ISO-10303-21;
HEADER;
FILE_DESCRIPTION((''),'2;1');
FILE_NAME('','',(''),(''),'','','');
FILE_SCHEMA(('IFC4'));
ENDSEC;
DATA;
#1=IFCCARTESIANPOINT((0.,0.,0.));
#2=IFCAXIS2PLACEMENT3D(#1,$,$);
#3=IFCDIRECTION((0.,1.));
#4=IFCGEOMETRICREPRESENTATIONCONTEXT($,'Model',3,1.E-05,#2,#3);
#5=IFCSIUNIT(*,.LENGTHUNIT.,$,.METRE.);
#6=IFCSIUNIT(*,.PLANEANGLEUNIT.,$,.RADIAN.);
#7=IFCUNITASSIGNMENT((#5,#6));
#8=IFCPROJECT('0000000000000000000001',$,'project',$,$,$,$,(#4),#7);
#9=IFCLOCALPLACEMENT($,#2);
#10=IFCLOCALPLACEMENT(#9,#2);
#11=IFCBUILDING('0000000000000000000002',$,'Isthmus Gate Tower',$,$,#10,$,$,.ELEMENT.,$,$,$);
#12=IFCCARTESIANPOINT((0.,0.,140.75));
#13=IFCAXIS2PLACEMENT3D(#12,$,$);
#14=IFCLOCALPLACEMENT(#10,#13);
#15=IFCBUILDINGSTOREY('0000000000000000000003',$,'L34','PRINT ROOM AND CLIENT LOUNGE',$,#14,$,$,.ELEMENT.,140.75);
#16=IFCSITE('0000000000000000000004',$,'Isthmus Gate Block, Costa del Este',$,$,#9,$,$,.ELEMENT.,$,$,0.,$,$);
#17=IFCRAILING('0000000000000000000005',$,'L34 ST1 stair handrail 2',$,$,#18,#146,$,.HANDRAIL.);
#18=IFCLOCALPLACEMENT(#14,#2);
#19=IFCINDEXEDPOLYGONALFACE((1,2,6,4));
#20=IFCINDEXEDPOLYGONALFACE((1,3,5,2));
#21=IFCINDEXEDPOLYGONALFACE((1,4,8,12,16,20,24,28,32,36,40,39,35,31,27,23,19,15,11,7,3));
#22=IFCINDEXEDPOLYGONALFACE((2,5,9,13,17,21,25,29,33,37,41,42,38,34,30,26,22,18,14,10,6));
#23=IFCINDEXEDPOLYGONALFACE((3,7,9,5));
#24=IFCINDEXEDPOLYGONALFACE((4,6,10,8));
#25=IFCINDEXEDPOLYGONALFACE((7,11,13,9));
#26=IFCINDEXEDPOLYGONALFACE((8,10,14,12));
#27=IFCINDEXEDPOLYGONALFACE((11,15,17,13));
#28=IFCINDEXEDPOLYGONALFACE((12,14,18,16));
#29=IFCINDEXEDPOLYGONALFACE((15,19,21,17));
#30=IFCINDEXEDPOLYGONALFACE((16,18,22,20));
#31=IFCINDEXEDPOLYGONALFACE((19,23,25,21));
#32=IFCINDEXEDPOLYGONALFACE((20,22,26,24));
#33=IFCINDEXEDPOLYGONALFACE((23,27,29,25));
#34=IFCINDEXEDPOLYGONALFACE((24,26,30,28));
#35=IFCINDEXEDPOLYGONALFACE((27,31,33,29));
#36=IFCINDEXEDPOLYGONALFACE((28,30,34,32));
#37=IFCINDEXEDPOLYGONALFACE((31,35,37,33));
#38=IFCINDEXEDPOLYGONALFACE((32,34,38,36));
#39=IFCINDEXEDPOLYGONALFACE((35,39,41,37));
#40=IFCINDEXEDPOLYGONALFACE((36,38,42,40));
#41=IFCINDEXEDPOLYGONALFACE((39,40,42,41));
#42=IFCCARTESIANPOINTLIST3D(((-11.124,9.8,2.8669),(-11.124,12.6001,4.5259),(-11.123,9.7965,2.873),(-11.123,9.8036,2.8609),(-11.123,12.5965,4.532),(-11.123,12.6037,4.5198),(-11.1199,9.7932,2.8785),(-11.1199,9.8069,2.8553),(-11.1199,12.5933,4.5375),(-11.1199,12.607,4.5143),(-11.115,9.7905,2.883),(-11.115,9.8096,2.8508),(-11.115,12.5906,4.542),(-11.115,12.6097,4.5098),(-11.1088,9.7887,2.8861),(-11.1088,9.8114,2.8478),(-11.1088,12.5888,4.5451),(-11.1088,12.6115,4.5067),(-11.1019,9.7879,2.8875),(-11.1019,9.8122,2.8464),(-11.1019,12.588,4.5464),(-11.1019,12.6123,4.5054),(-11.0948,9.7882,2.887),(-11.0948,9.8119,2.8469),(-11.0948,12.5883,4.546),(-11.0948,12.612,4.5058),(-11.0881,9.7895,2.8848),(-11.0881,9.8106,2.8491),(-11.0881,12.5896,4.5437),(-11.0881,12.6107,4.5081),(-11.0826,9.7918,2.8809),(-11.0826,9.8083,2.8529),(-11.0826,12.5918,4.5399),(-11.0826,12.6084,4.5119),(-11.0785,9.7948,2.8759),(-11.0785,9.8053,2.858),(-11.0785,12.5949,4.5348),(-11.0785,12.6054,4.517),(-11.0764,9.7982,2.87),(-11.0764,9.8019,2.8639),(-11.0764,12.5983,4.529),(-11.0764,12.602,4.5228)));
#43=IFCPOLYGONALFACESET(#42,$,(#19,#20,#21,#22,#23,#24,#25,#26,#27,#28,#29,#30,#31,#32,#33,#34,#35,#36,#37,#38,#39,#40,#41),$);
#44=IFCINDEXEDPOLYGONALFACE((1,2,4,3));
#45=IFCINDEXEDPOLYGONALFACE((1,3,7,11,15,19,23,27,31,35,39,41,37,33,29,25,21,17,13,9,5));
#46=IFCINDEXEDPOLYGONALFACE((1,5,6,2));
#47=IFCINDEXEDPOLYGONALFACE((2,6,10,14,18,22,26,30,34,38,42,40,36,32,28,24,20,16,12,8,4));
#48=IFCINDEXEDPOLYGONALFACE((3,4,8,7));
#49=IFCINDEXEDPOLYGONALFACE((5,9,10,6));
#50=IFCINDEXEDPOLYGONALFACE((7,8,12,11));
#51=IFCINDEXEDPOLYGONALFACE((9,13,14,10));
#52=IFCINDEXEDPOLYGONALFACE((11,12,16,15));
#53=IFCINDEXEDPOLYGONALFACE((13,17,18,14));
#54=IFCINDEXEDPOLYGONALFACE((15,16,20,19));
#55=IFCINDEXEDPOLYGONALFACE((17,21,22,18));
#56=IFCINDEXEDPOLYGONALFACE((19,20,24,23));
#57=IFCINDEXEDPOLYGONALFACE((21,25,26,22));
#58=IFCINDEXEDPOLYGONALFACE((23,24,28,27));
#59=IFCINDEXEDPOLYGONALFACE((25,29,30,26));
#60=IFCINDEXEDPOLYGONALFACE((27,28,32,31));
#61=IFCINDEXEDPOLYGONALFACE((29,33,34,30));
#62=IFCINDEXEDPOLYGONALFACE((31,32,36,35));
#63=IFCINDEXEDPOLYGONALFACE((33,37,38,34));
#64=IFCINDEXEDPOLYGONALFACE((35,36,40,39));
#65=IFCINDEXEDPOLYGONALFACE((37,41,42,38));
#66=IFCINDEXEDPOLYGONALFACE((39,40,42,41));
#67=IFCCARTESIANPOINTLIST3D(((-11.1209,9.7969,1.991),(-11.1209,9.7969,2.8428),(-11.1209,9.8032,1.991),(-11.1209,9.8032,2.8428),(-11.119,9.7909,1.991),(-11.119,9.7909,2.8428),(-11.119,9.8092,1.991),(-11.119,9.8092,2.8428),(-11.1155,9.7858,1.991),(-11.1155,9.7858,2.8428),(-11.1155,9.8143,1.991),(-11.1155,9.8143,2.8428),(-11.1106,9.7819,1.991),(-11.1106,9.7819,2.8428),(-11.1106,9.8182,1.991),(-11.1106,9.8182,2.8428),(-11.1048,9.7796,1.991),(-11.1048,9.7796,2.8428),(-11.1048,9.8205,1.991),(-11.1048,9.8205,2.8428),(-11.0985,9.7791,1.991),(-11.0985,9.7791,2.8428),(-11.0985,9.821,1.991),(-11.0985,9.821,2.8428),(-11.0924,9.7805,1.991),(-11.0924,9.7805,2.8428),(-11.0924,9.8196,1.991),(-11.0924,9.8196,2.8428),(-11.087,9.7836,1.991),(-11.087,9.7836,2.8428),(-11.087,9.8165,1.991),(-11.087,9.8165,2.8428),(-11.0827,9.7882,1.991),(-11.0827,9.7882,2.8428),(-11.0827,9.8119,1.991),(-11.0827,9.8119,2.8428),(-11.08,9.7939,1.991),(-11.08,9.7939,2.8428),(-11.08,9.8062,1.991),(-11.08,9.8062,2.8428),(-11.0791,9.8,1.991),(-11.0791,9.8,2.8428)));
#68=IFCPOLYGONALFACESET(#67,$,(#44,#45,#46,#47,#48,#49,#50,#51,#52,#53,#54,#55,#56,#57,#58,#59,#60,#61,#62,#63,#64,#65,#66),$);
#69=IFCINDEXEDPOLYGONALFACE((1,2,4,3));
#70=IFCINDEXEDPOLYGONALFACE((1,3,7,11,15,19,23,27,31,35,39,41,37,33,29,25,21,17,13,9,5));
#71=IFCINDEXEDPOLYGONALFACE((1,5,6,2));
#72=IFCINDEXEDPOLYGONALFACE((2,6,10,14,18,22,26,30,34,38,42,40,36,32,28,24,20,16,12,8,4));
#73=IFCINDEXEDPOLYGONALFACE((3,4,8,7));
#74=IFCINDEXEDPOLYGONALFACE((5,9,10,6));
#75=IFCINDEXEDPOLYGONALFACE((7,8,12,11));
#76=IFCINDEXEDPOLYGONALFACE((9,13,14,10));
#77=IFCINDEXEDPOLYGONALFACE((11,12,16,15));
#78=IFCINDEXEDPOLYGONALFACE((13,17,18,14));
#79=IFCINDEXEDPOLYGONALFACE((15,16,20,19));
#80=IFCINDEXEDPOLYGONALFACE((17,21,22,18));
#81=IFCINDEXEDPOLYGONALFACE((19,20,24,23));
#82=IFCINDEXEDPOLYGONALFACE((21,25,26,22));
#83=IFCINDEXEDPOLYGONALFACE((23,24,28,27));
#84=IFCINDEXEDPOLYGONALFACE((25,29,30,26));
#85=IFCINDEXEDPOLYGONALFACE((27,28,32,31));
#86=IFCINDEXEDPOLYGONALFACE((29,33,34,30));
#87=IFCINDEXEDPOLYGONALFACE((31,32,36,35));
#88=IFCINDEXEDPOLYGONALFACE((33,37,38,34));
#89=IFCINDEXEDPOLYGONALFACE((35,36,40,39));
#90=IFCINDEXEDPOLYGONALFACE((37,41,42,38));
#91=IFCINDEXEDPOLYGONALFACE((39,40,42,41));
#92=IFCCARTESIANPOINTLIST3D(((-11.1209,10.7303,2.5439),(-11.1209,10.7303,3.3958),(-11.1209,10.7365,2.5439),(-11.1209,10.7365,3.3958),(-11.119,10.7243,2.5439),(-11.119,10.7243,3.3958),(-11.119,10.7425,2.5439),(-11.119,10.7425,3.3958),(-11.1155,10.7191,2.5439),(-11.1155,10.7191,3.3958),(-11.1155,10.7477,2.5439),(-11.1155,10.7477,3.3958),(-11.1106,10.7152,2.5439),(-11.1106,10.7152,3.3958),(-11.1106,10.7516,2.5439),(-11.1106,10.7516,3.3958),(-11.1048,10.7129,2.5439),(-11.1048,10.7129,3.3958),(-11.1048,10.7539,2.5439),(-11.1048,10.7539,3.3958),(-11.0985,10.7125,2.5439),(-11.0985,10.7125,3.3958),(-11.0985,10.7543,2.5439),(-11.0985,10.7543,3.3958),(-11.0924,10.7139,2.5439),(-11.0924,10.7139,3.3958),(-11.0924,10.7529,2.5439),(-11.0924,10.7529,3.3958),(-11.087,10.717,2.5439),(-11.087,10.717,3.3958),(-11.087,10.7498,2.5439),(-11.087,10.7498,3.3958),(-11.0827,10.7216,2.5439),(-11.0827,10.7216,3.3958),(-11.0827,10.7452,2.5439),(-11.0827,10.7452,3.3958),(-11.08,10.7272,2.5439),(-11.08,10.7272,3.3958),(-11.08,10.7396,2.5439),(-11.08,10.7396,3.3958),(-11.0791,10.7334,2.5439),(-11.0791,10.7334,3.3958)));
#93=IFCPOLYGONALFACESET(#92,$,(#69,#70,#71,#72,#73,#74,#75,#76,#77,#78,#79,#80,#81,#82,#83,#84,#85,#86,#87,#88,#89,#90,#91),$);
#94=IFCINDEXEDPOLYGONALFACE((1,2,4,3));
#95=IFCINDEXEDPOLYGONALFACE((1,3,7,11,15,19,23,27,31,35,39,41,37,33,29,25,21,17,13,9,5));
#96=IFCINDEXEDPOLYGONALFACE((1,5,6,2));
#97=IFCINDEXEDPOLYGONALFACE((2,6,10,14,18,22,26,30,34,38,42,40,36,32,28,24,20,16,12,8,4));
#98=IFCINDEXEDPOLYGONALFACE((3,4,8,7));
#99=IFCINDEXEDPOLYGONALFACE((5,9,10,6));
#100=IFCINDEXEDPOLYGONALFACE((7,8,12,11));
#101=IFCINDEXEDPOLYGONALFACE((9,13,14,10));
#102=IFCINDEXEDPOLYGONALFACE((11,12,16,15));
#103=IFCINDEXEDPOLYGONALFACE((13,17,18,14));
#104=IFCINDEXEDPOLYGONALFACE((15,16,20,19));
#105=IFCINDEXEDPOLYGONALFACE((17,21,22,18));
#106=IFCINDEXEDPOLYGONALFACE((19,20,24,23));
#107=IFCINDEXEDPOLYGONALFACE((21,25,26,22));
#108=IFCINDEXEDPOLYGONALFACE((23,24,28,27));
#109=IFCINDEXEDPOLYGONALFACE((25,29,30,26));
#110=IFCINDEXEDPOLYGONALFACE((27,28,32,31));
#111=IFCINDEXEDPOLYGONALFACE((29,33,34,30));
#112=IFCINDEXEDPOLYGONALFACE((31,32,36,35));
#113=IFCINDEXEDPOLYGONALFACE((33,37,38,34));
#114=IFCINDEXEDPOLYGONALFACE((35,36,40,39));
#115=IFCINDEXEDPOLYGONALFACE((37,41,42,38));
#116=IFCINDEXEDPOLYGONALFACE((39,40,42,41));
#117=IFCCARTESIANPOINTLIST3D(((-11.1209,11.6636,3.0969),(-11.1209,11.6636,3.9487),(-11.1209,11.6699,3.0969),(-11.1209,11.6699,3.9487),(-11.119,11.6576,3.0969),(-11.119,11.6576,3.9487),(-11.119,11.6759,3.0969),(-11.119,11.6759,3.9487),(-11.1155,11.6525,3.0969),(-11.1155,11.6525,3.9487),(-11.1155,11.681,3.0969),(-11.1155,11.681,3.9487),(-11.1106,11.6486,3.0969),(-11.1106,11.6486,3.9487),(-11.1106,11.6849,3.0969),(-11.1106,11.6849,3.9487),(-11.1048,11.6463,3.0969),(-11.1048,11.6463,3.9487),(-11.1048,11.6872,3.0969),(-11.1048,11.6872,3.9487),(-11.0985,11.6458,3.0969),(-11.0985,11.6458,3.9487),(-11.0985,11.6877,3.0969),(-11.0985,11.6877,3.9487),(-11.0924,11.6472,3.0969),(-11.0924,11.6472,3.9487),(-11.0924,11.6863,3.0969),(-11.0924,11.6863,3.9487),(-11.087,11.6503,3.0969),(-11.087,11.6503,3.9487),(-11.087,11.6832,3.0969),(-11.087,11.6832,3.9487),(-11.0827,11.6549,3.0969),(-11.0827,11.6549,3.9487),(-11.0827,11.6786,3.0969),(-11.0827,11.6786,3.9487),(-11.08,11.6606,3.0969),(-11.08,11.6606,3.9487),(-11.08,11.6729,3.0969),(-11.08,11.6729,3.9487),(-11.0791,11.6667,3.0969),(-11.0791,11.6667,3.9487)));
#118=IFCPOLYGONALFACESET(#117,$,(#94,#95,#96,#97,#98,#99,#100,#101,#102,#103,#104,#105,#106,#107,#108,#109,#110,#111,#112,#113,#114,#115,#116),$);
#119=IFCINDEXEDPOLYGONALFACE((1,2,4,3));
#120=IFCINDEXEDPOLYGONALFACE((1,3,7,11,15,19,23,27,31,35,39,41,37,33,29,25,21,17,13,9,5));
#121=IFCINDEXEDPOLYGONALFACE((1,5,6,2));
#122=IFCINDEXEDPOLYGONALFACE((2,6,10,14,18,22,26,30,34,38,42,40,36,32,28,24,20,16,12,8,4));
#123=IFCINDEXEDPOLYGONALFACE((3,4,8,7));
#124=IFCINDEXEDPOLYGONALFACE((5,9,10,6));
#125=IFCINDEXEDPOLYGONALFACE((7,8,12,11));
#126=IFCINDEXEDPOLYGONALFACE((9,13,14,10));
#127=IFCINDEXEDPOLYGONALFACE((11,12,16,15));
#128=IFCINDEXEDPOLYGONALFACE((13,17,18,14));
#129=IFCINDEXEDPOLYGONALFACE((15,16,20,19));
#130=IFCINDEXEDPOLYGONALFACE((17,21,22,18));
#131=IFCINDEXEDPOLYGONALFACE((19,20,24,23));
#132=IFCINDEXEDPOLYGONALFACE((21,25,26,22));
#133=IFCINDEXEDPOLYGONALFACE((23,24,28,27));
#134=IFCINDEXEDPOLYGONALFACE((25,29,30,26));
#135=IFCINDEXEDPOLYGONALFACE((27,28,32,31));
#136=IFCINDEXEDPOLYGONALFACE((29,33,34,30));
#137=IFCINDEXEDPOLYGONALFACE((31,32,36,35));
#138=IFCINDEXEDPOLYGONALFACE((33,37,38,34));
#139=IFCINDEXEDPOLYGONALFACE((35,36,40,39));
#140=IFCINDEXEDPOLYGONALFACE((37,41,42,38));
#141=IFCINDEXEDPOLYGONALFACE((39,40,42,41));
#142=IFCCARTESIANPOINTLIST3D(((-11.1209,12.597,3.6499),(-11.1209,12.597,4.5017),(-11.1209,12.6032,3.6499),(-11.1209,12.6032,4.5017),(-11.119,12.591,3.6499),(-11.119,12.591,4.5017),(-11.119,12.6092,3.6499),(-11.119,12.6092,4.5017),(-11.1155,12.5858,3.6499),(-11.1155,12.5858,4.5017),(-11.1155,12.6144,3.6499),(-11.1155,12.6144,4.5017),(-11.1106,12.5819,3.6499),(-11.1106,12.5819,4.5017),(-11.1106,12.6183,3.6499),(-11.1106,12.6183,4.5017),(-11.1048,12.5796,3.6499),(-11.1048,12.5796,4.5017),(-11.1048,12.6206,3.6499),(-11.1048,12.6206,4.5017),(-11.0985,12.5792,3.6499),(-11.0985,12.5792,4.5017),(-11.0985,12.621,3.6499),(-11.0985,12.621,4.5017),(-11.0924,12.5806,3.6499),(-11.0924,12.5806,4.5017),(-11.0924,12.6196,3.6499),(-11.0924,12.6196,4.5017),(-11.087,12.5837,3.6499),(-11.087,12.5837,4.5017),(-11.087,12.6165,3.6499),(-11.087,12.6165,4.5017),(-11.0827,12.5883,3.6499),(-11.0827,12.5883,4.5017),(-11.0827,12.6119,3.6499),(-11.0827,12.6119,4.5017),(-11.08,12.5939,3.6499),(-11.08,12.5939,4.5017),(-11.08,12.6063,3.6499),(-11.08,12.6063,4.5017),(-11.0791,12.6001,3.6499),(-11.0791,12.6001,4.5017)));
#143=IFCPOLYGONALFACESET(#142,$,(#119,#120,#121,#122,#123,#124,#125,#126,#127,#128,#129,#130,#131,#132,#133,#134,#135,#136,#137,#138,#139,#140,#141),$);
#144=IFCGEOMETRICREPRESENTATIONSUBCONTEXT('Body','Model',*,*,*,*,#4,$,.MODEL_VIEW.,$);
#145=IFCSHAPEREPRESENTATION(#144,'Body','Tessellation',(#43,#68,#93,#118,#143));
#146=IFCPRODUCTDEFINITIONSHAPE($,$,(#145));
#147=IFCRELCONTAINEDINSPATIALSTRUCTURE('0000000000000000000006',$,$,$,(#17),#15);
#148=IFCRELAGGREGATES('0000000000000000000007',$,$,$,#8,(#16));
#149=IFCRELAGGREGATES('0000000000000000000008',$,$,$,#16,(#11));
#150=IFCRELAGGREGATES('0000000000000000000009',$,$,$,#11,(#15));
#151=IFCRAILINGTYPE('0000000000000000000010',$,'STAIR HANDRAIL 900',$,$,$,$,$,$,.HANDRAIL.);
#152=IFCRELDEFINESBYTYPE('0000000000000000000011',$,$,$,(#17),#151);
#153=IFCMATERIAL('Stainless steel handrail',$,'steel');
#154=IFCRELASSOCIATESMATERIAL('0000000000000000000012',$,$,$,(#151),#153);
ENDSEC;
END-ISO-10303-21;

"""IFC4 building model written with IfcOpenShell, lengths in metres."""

from ifc_helpers import new_model, si_unit, direction, frame, origin, origin_2d, place, context, subcontext, project, spatial, circle, extrude, material, type_object, element, save


model = new_model("IFC4")

# Units and contexts
model_context = context("Model", 3, precision=1e-05, world=origin(), true_north=direction((0.0, 1.0)))
body_context = subcontext(model_context, "Body", "Model", "MODEL_VIEW")
ifc_project = project(units=[si_unit("LENGTHUNIT", "METRE"), si_unit("PLANEANGLEUNIT", "RADIAN")], contexts=[model_context])

# Site, building, storey
site_placement = place(None, origin())
site = spatial("IfcSite", under=ifc_project, at=site_placement, Name="Isthmus Gate Block, Costa del Este", CompositionType="ELEMENT", RefElevation=0.0)
building_placement = place(site_placement, origin())
building = spatial("IfcBuilding", under=site, at=building_placement, Name="Isthmus Gate Tower", CompositionType="ELEMENT")
storey_placement = place(building_placement, frame((0.0, 0.0, 140.75)))
storey = spatial("IfcBuildingStorey", under=building, at=storey_placement, Name="L34", Description="PRINT ROOM AND CLIENT LOUNGE", CompositionType="ELEMENT", Elevation=140.75)

# Railing
ifc_material_1 = material(Name="Stainless steel handrail", Category="steel")
railing_type_1 = type_object("IfcRailingType", Name="STAIR HANDRAIL 900", PredefinedType="HANDRAIL", material=ifc_material_1)
railing_1_placement = place(storey_placement, frame((-11.1001, 9.8, 1.991)))
element("IfcRailing", 1, at=railing_1_placement, inside=storey, type_object=railing_type_1, Name="L34 ST1 stair handrail 2", PredefinedType="HANDRAIL", context=body_context, shape_type="SweptSolid", body=[
    extrude(circle(Radius=0.0239, at=origin_2d()), frame((0.0, 0.0, 0.876), z_axis=(0.0, 0.860339, 0.509722), x_axis=(-1.0, 0.0, 0.0)), (0.0, 0.0, 1.0), 3.2546),
    extrude(circle(Radius=0.021, at=origin_2d()), origin(), (0.0, 0.0, 1.0), 0.8518),
    extrude(circle(Radius=0.021, at=origin_2d()), frame((0.0, 0.9333, 0.553)), (0.0, 0.0, 1.0), 0.8518),
    extrude(circle(Radius=0.021, at=origin_2d()), frame((0.0, 1.8667, 1.106)), (0.0, 0.0, 1.0), 0.8518),
    extrude(circle(Radius=0.021, at=origin_2d()), frame((0.0, 2.8, 1.6589)), (0.0, 0.0, 1.0), 0.8518),
])

save(model, "model.ifc")
